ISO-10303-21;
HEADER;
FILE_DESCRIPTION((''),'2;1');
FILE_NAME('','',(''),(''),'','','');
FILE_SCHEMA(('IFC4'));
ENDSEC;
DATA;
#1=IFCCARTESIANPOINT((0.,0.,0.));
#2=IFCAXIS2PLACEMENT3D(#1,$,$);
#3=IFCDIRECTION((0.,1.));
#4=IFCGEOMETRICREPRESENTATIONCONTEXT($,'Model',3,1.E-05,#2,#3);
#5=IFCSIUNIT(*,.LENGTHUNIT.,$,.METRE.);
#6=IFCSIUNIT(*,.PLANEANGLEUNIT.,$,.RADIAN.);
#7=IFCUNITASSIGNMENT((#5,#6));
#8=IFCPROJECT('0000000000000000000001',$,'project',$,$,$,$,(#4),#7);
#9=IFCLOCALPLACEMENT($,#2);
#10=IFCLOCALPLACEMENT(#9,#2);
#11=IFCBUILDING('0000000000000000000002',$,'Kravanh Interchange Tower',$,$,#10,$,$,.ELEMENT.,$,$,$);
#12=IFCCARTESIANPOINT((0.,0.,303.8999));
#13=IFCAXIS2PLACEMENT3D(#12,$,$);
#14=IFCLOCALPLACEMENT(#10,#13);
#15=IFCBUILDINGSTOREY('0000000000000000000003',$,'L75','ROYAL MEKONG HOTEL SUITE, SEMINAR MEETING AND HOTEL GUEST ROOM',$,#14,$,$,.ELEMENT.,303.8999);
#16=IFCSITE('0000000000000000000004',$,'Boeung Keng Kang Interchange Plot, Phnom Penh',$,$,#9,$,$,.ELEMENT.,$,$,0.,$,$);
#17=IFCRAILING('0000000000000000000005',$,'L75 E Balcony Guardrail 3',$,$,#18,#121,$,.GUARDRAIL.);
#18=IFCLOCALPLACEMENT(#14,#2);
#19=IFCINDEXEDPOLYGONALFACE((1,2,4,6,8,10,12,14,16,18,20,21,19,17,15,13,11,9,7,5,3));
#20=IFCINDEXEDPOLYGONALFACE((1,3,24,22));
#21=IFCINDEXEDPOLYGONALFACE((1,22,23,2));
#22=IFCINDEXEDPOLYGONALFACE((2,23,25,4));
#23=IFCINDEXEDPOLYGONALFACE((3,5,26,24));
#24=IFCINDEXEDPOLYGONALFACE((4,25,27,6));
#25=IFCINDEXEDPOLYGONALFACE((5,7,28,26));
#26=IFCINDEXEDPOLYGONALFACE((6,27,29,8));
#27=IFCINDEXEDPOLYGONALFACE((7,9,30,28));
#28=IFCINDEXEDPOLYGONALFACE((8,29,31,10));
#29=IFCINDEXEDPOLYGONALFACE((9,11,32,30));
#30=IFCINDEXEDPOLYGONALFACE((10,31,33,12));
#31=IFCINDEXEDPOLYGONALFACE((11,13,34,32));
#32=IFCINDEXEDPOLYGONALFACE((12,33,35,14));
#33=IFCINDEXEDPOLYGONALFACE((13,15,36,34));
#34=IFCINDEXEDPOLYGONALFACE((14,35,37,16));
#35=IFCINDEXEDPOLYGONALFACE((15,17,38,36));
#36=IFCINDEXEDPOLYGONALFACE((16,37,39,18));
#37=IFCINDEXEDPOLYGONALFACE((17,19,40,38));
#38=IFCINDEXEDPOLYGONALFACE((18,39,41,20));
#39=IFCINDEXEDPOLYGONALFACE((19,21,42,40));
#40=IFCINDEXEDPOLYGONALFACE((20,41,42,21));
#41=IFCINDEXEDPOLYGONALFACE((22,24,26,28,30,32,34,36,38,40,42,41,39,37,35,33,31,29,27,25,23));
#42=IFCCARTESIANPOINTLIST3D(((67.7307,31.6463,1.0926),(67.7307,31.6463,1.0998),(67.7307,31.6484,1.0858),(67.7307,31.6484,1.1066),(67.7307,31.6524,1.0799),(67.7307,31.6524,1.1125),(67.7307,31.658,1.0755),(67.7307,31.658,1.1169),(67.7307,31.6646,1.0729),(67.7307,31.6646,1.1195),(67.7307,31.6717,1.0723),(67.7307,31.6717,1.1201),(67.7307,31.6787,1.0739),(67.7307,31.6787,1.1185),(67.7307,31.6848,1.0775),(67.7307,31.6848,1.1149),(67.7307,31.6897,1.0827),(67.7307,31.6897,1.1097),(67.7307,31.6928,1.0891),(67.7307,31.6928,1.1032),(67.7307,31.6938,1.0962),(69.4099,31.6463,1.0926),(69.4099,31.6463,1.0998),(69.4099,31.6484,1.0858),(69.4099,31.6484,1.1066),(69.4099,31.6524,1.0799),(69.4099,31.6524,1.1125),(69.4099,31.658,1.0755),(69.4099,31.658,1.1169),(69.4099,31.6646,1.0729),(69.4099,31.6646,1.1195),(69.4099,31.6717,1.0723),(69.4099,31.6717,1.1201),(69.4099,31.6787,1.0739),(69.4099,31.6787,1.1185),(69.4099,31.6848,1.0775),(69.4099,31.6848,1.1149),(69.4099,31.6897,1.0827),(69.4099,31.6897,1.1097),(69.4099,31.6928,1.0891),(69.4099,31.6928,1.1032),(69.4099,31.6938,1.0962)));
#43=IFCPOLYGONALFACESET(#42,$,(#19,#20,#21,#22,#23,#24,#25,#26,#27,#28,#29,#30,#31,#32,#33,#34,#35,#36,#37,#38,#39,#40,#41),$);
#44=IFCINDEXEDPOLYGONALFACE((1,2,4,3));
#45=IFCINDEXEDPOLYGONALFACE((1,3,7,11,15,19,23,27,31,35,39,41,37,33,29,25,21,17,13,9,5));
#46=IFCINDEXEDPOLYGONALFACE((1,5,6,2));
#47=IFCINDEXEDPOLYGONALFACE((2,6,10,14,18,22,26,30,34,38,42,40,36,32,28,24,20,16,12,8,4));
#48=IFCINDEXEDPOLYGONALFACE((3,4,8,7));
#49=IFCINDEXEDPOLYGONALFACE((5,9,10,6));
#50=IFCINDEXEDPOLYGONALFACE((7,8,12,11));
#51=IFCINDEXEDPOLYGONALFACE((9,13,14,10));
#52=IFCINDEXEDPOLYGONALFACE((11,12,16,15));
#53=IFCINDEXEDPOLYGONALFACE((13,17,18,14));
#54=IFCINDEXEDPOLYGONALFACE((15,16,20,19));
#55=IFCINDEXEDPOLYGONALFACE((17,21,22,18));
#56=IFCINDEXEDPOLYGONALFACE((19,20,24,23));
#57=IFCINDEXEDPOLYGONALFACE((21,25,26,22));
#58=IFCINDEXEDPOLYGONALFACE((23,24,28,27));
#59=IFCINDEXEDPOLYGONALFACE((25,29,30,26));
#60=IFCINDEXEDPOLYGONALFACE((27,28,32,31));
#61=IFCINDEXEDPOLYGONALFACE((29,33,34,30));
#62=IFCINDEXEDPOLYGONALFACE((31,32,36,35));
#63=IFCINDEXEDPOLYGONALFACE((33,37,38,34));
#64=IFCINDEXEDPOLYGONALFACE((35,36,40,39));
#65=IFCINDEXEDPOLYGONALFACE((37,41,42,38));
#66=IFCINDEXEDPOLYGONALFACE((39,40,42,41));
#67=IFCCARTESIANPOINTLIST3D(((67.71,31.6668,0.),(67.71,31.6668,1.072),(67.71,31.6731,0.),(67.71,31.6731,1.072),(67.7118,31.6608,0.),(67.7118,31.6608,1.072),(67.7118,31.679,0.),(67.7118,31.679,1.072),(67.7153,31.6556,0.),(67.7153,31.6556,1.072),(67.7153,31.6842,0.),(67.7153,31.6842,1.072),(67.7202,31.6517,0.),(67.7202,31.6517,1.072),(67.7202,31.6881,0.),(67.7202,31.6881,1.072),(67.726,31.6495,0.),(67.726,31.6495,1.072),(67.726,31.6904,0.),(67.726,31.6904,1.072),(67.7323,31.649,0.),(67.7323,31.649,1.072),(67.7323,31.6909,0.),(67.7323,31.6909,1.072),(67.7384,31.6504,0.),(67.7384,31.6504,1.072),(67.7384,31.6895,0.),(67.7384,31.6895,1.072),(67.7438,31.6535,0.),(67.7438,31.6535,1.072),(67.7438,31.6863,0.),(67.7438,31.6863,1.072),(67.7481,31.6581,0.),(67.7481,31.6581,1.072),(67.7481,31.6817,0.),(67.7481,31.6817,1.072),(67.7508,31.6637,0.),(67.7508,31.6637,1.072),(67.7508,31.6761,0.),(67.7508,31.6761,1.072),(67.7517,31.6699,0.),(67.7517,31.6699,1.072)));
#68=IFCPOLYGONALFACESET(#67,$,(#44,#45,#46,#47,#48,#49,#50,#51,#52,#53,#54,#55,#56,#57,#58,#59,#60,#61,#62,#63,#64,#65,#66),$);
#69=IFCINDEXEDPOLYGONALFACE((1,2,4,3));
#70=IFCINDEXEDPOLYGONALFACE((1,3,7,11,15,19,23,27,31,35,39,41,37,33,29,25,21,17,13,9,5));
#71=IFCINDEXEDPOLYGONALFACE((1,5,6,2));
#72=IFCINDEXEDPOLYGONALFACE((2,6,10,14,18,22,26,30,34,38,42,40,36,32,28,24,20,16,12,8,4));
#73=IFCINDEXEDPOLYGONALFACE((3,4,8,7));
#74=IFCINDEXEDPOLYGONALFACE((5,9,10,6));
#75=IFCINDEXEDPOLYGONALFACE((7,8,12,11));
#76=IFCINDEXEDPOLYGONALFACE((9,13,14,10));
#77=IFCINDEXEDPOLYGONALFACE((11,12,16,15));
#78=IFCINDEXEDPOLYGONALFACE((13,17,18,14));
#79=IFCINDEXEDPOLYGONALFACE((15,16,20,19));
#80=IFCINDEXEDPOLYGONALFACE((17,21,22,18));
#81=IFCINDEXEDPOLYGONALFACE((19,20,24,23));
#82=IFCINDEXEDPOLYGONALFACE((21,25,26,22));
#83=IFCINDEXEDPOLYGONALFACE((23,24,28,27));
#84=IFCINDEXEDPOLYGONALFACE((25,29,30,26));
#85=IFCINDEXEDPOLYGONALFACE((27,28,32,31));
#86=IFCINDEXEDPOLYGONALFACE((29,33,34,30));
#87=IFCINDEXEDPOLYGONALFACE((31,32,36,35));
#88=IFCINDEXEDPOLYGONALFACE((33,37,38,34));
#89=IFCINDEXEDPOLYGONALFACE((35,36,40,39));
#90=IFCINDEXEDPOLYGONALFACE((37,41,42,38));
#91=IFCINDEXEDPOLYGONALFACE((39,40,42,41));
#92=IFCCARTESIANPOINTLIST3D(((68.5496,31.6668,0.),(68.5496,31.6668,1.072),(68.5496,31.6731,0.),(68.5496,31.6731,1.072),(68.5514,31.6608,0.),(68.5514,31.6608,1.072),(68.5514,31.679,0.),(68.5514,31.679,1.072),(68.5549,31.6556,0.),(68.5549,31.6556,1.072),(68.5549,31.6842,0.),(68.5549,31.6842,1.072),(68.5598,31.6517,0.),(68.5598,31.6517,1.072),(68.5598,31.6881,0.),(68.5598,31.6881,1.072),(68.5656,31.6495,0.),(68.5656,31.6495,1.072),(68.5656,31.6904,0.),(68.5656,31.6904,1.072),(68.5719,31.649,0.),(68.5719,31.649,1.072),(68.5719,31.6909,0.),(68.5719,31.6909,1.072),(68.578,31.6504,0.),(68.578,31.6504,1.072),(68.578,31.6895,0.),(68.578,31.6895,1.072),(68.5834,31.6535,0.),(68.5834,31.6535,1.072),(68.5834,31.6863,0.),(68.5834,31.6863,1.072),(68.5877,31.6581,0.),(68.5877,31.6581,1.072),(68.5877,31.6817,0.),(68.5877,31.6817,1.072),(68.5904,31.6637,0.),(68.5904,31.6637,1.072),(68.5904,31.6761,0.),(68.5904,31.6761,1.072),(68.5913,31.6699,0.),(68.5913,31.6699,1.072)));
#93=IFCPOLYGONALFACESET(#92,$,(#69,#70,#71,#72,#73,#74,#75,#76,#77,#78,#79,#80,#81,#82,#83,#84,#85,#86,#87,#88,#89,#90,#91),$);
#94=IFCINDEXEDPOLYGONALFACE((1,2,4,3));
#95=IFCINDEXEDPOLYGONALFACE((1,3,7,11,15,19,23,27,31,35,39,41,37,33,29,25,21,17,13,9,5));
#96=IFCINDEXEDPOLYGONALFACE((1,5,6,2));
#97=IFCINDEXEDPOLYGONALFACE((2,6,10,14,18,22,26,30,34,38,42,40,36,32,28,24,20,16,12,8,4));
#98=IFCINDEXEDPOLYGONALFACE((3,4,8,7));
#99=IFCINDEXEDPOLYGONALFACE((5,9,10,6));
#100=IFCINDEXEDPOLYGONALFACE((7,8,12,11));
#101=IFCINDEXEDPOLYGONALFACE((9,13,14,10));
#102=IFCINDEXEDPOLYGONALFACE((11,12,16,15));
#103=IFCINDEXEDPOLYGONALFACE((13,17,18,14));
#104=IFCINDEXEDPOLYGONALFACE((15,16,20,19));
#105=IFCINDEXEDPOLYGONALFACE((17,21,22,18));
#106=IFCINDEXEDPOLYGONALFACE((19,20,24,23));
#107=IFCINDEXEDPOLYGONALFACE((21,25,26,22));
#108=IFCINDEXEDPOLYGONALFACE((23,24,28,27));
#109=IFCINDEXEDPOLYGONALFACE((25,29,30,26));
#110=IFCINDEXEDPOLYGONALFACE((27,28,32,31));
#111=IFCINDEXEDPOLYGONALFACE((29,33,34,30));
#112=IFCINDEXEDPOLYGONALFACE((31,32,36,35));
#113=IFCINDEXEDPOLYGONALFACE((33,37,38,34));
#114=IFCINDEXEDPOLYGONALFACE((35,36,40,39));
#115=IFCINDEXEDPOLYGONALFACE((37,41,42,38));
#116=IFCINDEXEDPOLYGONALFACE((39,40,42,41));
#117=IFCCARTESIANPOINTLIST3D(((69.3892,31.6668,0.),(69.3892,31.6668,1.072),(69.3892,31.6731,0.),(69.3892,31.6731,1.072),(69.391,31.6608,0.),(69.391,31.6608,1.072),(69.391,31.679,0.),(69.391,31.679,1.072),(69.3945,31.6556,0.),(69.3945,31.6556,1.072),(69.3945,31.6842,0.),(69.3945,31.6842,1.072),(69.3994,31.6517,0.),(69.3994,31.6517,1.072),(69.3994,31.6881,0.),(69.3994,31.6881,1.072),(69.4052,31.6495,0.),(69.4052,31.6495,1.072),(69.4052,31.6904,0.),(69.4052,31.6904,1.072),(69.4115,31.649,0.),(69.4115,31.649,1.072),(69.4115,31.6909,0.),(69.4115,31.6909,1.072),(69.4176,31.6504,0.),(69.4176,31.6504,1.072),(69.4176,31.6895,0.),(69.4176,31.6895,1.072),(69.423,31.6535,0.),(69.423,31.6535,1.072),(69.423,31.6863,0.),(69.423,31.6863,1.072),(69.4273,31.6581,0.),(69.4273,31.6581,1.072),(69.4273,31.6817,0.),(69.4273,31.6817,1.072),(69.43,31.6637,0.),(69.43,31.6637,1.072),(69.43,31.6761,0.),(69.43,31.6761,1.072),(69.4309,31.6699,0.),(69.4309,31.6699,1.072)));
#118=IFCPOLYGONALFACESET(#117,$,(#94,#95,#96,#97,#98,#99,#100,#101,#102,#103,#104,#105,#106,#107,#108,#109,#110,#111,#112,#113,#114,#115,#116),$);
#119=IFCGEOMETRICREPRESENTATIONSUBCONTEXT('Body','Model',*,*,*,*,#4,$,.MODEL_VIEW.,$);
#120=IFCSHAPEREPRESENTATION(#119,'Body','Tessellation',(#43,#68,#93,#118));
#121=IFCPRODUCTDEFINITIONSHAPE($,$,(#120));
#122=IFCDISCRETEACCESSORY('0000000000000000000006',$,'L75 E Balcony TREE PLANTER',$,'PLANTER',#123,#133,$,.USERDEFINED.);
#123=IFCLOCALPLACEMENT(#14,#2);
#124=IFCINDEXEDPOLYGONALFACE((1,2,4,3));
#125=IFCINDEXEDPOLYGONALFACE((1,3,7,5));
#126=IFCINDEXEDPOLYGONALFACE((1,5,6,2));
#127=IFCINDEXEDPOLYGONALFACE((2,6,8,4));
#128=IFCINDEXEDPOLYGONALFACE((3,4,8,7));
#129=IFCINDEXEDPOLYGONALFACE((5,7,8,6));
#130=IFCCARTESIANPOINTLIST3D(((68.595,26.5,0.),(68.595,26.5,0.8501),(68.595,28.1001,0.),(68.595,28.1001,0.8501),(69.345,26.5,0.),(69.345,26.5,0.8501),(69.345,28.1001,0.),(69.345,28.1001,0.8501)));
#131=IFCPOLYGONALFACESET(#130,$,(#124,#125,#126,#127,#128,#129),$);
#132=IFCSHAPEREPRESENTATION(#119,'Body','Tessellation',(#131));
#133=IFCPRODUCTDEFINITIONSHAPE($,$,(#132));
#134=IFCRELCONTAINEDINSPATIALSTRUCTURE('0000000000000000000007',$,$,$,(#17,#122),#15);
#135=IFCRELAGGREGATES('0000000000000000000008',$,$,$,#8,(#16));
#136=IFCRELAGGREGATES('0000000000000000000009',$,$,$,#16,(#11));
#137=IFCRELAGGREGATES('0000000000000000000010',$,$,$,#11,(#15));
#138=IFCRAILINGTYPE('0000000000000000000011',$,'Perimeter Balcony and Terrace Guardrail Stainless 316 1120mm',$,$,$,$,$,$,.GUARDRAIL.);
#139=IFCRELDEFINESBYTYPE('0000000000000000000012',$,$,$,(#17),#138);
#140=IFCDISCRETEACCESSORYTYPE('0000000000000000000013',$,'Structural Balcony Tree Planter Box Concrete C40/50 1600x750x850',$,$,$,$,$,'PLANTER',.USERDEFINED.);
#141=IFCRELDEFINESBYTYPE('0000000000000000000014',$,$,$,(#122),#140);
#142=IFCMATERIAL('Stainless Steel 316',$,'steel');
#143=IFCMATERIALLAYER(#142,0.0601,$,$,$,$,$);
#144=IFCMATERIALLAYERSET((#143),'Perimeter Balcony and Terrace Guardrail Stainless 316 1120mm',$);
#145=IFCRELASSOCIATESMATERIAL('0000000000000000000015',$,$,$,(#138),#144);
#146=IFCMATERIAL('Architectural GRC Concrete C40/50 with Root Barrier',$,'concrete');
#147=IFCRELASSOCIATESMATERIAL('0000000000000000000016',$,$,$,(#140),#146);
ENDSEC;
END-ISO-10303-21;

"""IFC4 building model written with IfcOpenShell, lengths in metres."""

from ifc_helpers import new_model, si_unit, direction, frame, origin, origin_2d, place, context, subcontext, project, spatial, rectangle, circle, extrude, material, layer, layer_set, type_object, element, save


model = new_model("IFC4")

# Units and contexts
model_context = context("Model", 3, precision=1e-05, world=origin(), true_north=direction((0.0, 1.0)))
body_context = subcontext(model_context, "Body", "Model", "MODEL_VIEW")
ifc_project = project(units=[si_unit("LENGTHUNIT", "METRE"), si_unit("PLANEANGLEUNIT", "RADIAN")], contexts=[model_context])

# Site, building, storey
site_placement = place(None, origin())
site = spatial("IfcSite", under=ifc_project, at=site_placement, Name="Boeung Keng Kang Interchange Plot, Phnom Penh", CompositionType="ELEMENT", RefElevation=0.0)
building_placement = place(site_placement, origin())
building = spatial("IfcBuilding", under=site, at=building_placement, Name="Kravanh Interchange Tower", CompositionType="ELEMENT")
storey_placement = place(building_placement, frame((0.0, 0.0, 303.8999)))
storey = spatial("IfcBuildingStorey", under=building, at=storey_placement, Name="L75", Description="ROYAL MEKONG HOTEL SUITE, SEMINAR MEETING AND HOTEL GUEST ROOM", CompositionType="ELEMENT", Elevation=303.8999)

# Railing
ifc_material_1 = material(Name="Stainless Steel 316", Category="steel")
ifc_layer_1 = layer(ifc_material_1, 0.0601)
ifc_layer_set_1 = layer_set([ifc_layer_1], Name="Perimeter Balcony and Terrace Guardrail Stainless 316 1120mm")
railing_type = type_object("IfcRailingType", Name="Perimeter Balcony and Terrace Guardrail Stainless 316 1120mm", PredefinedType="GUARDRAIL", material=ifc_layer_set_1)
railing_1_placement = place(storey_placement, frame((67.7307, 31.6699, 0.0)))
element("IfcRailing", 1, at=railing_1_placement, inside=storey, type_object=railing_type, Name="L75 E Balcony Guardrail 3", PredefinedType="GUARDRAIL", context=body_context, shape_type="SweptSolid", body=[
    extrude(circle(Radius=0.0239, at=origin_2d()), frame((0.0, 0.0, 1.0962), z_axis=(1.0, 0.0, 0.0), x_axis=(0.0, 1.0, 0.0)), (0.0, 0.0, 1.0), 1.6792),
    extrude(circle(Radius=0.021, at=origin_2d()), origin(), (0.0, 0.0, 1.0), 1.072),
    extrude(circle(Radius=0.021, at=origin_2d()), frame((0.8396, 0.0, 0.0)), (0.0, 0.0, 1.0), 1.072),
    extrude(circle(Radius=0.021, at=origin_2d()), frame((1.6792, 0.0, 0.0)), (0.0, 0.0, 1.0), 1.072),
])

# Discrete accessory
ifc_material_2 = material(Name="Architectural GRC Concrete C40/50 with Root Barrier", Category="concrete")
discrete_accessory_type = type_object("IfcDiscreteAccessoryType", Name="Structural Balcony Tree Planter Box Concrete C40/50 1600x750x850", ElementType="PLANTER", PredefinedType="USERDEFINED", material=ifc_material_2)
discrete_accessory_placement = place(storey_placement, frame((68.97, 27.3, 0.0), z_axis=(0.0, 0.0, 1.0), x_axis=(1.0, 0.0, 0.0)))
element("IfcDiscreteAccessory", 2, at=discrete_accessory_placement, inside=storey, type_object=discrete_accessory_type, Name="L75 E Balcony TREE PLANTER", ObjectType="PLANTER", PredefinedType="USERDEFINED", context=body_context, shape_type="SweptSolid", body=[
    extrude(rectangle(XDim=0.75, YDim=1.6001, at=origin_2d()), origin(), (0.0, 0.0, 1.0), 0.8501),
])

save(model, "model.ifc")
